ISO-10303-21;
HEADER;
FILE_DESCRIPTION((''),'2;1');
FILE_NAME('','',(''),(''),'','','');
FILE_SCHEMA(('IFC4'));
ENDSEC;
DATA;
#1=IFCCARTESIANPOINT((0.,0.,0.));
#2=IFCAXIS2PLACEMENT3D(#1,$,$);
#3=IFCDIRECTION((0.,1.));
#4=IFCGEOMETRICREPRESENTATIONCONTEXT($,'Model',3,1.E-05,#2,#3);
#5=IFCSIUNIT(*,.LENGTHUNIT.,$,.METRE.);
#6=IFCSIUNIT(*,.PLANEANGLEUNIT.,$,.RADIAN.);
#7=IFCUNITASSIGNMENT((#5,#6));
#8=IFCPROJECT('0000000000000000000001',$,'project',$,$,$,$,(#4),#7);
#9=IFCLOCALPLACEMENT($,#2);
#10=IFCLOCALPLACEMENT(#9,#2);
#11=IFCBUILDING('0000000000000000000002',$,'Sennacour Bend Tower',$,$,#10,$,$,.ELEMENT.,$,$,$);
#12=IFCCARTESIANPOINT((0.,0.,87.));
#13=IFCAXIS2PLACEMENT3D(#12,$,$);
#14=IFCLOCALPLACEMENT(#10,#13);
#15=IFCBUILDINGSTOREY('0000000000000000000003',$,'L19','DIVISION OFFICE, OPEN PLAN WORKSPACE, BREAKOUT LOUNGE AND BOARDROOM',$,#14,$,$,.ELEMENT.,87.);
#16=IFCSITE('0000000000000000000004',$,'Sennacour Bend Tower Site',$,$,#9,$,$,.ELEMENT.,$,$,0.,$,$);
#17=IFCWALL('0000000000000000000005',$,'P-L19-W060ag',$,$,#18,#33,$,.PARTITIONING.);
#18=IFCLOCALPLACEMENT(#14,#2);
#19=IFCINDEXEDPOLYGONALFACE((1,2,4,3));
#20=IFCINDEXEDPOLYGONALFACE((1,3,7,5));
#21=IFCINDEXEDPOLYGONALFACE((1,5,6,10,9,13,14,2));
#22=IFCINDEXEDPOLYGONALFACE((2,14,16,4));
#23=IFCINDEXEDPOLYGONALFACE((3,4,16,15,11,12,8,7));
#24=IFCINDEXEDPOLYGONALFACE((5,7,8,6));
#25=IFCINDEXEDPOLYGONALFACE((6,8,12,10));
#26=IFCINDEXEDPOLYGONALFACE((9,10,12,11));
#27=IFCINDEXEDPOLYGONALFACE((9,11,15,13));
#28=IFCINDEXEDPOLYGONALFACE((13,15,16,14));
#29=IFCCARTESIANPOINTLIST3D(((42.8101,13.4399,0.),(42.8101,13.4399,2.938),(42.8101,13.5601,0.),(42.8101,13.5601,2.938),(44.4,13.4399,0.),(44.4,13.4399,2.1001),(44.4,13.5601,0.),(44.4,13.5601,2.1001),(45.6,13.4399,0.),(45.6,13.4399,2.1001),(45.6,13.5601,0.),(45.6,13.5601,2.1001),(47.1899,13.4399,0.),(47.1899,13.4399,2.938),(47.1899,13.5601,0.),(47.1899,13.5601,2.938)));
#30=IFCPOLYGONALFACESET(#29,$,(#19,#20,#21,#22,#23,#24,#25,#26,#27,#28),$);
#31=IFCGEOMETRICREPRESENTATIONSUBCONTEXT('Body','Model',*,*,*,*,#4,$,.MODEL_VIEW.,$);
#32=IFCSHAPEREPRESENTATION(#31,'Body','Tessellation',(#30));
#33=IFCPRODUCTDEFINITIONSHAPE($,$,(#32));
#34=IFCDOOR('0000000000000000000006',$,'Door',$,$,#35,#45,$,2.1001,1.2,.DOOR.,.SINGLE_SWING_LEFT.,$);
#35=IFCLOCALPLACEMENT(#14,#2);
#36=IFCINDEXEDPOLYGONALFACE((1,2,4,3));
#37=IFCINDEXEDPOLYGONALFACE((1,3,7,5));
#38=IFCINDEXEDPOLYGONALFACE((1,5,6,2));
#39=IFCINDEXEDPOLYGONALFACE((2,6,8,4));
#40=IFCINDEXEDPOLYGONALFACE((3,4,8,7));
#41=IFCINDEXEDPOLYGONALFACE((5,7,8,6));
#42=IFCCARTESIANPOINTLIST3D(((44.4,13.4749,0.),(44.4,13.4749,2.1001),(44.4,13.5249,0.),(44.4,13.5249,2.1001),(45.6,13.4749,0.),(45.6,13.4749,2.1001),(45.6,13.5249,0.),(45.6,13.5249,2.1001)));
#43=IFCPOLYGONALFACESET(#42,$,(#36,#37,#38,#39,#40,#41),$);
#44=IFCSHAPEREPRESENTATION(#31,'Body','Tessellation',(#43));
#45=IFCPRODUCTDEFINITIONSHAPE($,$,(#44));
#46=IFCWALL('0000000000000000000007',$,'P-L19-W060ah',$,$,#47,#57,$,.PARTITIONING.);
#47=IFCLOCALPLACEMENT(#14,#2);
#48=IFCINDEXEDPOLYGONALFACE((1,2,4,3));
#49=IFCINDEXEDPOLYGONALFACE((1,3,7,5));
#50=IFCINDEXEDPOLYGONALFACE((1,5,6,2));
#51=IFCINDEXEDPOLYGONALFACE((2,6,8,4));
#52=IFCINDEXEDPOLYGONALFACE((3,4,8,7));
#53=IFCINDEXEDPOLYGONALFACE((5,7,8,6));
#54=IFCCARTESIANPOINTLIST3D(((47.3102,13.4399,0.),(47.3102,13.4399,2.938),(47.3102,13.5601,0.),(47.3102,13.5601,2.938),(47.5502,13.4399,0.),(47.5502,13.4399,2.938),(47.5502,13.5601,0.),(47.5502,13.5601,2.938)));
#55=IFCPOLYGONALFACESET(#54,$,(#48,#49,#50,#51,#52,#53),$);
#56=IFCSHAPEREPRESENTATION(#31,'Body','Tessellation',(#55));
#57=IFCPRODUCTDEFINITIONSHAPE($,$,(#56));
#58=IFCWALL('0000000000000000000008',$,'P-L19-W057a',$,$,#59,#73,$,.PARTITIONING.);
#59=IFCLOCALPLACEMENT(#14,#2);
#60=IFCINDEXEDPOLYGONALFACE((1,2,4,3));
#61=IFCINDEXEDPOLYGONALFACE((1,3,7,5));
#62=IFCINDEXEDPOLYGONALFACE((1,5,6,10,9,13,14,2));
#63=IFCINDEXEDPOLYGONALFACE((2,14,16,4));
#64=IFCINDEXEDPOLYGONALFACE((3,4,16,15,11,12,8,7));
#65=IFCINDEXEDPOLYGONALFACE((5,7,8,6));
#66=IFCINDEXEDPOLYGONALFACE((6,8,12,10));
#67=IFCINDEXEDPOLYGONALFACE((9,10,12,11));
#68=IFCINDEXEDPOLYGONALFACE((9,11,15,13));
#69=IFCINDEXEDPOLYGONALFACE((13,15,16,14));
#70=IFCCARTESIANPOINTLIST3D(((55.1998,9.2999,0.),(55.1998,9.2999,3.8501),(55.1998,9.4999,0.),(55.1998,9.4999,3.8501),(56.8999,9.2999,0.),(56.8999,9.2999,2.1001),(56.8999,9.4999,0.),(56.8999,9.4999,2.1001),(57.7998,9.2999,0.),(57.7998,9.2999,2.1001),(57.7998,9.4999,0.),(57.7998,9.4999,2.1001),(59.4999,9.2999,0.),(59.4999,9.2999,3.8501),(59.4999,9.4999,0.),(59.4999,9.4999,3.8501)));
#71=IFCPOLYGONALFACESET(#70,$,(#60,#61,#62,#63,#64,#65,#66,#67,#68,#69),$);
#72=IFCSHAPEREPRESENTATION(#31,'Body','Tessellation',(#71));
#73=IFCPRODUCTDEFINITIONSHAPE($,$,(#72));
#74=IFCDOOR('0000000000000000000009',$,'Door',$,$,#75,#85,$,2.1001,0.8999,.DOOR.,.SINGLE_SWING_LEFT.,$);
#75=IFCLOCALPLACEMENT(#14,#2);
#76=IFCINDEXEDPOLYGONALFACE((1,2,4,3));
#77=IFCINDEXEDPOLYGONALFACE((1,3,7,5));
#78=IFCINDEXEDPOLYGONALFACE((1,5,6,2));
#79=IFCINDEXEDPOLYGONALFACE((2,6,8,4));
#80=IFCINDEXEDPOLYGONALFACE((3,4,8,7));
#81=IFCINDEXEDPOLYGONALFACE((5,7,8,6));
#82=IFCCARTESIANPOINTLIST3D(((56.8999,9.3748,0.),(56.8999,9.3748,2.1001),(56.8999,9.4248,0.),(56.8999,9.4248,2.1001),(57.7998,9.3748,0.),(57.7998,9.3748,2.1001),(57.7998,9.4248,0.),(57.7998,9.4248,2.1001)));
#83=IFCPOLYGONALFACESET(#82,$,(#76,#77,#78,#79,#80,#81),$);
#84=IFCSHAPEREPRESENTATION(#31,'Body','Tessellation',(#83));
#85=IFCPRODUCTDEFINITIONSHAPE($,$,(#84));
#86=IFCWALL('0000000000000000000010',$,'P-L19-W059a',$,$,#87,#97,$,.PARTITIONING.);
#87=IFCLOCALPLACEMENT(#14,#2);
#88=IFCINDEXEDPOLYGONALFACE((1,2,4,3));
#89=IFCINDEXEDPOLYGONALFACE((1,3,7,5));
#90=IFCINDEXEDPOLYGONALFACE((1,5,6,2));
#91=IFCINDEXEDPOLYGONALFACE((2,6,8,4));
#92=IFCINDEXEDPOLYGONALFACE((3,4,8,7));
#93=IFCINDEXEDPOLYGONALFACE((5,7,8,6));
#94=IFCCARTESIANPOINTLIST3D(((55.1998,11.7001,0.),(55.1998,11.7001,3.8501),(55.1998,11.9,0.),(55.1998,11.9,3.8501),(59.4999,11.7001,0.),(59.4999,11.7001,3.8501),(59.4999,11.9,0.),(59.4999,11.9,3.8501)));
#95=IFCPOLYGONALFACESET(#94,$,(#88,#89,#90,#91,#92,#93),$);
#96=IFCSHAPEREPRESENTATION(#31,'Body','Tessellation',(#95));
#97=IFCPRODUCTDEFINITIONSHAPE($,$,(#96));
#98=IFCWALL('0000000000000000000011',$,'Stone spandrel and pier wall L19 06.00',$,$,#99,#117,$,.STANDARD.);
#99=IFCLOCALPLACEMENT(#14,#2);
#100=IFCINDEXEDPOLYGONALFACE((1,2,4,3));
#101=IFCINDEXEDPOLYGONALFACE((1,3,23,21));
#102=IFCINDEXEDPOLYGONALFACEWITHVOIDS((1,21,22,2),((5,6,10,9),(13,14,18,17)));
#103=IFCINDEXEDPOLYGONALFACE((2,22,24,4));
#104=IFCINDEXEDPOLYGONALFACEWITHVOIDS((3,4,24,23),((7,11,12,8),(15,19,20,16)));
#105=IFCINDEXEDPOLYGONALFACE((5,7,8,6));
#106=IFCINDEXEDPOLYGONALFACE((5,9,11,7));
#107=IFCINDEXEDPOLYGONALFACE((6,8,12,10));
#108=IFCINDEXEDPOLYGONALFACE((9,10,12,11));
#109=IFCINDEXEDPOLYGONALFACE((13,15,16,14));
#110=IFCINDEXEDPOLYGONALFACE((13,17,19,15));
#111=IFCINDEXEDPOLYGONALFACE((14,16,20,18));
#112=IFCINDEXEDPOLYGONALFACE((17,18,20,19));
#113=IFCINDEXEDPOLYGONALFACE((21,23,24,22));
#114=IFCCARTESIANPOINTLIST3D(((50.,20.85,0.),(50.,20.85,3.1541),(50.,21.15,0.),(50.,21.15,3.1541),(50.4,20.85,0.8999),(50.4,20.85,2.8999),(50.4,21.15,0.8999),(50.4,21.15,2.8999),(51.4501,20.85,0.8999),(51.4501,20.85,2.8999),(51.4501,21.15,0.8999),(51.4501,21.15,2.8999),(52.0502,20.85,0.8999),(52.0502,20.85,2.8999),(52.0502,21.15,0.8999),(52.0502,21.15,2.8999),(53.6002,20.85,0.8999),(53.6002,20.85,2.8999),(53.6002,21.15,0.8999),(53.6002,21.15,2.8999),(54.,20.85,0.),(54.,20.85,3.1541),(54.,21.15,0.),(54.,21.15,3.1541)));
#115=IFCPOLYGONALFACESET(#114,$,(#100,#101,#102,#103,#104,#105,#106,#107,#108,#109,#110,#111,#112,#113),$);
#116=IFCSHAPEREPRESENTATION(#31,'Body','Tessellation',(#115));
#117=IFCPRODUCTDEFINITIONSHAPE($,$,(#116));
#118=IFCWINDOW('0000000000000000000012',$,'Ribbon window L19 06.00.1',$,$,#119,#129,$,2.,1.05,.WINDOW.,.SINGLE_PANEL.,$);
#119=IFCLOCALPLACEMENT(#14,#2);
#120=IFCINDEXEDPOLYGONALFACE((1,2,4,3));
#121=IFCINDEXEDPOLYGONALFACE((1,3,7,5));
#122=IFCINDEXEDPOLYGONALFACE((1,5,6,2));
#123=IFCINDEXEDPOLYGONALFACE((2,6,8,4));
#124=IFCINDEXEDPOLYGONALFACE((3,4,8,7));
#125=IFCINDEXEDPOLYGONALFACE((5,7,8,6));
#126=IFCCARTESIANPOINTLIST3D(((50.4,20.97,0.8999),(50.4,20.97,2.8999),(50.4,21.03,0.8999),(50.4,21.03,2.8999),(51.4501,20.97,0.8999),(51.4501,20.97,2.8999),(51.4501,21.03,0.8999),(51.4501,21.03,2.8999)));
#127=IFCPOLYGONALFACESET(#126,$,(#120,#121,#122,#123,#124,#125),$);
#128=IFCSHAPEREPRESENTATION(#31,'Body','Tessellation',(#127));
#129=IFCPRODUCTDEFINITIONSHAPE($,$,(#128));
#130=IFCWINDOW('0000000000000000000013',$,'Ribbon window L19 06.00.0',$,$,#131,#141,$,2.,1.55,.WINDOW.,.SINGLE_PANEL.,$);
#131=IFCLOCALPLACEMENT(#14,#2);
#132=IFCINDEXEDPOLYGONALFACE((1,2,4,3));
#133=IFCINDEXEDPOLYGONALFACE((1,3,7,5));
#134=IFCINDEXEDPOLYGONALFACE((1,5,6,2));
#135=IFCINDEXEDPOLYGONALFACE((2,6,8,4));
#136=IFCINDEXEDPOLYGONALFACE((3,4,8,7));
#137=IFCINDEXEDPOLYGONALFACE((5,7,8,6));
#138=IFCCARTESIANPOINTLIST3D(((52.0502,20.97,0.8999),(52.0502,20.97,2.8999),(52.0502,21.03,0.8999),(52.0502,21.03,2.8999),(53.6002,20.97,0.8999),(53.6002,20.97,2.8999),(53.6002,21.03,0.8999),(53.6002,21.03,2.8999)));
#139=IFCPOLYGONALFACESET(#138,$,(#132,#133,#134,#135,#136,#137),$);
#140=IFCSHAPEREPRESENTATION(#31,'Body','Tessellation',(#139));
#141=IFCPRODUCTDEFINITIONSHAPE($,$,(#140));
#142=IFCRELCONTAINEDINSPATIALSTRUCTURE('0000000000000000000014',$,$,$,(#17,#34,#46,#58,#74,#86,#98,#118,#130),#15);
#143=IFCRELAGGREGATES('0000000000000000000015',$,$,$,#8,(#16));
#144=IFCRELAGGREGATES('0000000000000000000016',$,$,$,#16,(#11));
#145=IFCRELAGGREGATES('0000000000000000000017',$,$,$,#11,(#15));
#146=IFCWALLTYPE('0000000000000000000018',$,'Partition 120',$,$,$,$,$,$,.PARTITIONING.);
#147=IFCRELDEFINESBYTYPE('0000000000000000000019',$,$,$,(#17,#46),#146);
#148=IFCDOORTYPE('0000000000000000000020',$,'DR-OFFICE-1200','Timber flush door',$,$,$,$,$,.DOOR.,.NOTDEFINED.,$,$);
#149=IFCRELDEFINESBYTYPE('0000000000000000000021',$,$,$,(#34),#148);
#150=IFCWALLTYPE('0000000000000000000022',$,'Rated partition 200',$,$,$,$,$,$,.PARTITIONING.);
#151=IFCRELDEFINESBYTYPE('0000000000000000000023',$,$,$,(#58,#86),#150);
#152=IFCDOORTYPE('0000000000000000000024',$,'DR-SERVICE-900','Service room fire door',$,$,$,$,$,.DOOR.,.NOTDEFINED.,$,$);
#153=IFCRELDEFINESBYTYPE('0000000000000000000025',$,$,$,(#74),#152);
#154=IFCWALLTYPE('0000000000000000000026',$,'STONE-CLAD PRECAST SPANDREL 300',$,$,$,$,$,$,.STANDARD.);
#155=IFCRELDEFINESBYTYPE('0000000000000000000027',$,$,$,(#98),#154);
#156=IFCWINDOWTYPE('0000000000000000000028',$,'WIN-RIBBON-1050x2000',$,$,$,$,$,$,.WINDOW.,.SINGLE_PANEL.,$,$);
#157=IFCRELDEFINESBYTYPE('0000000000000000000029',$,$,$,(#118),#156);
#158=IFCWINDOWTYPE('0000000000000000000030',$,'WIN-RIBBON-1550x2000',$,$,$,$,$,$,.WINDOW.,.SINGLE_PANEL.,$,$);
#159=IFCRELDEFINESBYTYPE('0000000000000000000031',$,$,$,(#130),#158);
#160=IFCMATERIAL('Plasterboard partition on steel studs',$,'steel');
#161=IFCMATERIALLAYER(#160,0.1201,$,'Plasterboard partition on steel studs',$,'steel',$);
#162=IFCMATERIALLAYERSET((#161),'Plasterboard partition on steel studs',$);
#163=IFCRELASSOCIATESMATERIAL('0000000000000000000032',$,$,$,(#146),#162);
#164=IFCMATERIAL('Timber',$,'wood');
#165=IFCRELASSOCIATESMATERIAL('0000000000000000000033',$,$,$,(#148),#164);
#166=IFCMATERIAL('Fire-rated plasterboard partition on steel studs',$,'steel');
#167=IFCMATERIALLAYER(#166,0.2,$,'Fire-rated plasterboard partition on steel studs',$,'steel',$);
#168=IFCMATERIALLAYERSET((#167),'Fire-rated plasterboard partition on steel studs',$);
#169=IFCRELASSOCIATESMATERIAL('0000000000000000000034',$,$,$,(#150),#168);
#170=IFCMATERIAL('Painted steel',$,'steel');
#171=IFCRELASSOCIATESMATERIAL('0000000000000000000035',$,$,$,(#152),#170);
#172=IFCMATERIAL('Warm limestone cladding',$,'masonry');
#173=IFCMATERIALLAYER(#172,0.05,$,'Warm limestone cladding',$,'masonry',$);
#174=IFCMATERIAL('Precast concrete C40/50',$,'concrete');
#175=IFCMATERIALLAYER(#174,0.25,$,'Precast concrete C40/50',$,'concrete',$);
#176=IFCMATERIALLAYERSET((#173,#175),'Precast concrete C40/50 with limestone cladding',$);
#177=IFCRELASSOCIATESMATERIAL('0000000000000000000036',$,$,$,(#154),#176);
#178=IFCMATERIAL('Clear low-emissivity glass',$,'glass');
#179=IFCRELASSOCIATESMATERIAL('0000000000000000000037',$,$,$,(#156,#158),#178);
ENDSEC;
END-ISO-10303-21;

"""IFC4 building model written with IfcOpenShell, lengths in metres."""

from ifc_helpers import new_model, si_unit, direction, frame, frame_2d, origin, place, context, subcontext, project, spatial, rectangle, extrude, material, layer, layer_set, type_object, element, fill, save


model = new_model("IFC4")

# Units and contexts
model_context = context("Model", 3, precision=1e-05, world=origin(), true_north=direction((0.0, 1.0)))
body_context = subcontext(model_context, "Body", "Model", "MODEL_VIEW")
ifc_project = project(units=[si_unit("LENGTHUNIT", "METRE"), si_unit("PLANEANGLEUNIT", "RADIAN")], contexts=[model_context])

# Site, building, storey
site_placement = place(None, origin())
site = spatial("IfcSite", under=ifc_project, at=site_placement, Name="Sennacour Bend Tower Site", CompositionType="ELEMENT", RefElevation=0.0)
building_placement = place(site_placement, origin())
building = spatial("IfcBuilding", under=site, at=building_placement, Name="Sennacour Bend Tower", CompositionType="ELEMENT")
storey_placement = place(building_placement, frame((0.0, 0.0, 87.0)))
storey = spatial("IfcBuildingStorey", under=building, at=storey_placement, Name="L19", Description="DIVISION OFFICE, OPEN PLAN WORKSPACE, BREAKOUT LOUNGE AND BOARDROOM", CompositionType="ELEMENT", Elevation=87.0)

# Shared definitions
ifc_material_1 = material(Name="Plasterboard partition on steel studs", Category="steel")
ifc_layer_1 = layer(ifc_material_1, 0.1201, Name="Plasterboard partition on steel studs", Category="steel")
ifc_layer_set_1 = layer_set([ifc_layer_1], Name="Plasterboard partition on steel studs")
wall_type_1 = type_object("IfcWallType", Name="Partition 120", PredefinedType="PARTITIONING", material=ifc_layer_set_1)

# Wall, opening, door
wall_1_placement = place(storey_placement, frame((42.8101, 13.5, 0.0), z_axis=(0.0, 0.0, 1.0), x_axis=(1.0, 0.0, 0.0)))
wall_1 = element("IfcWall", 1, at=wall_1_placement, inside=storey, type_object=wall_type_1, Name="P-L19-W060ag", PredefinedType="PARTITIONING", context=body_context, shape_type="SweptSolid", body=[
    extrude(rectangle(XDim=4.3799, YDim=0.1201, at=frame_2d((2.1899, 0.0))), origin(), (0.0, 0.0, 1.0), 2.938),
])
opening_1_placement = place(wall_1_placement, frame((1.5898, 0.0, 0.0)))
opening_1 = element("IfcOpeningElement", 2, at=opening_1_placement, cuts=wall_1, PredefinedType="OPENING", context=body_context, shape_type="SweptSolid", body=[
    extrude(rectangle(XDim=1.2, YDim=2.1001, at=frame_2d((0.6001, 1.05))), frame((0.0, 0.0701, 0.0), z_axis=(0.0, -1.0, 0.0), x_axis=(1.0, 0.0, 0.0)), (0.0, 0.0, 1.0), 0.1401),
])
ifc_material_2 = material(Name="Timber", Category="wood")
door_type_1 = type_object("IfcDoorType", Name="DR-OFFICE-1200", Description="Timber flush door", OperationType="NOTDEFINED", PredefinedType="DOOR", material=ifc_material_2)
door_1_placement = place(opening_1_placement, origin())
door_1 = element("IfcDoor", 3, at=door_1_placement, inside=storey, type_object=door_type_1, Name="Door", OperationType="SINGLE_SWING_LEFT", OverallHeight=2.1001, OverallWidth=1.2, PredefinedType="DOOR", context=body_context, shape_type="SweptSolid", body=[
    extrude(rectangle(XDim=1.2, YDim=2.1001, at=frame_2d((0.6001, 1.05))), frame((0.0, 0.0249, 0.0), z_axis=(0.0, -1.0, 0.0), x_axis=(1.0, 0.0, 0.0)), (0.0, 0.0, 1.0), 0.05),
])
fill(opening_1, door_1)

# Wall
wall_2_placement = place(storey_placement, frame((47.3101, 13.5, 0.0), z_axis=(0.0, 0.0, 1.0), x_axis=(1.0, 0.0, 0.0)))
element("IfcWall", 4, at=wall_2_placement, inside=storey, type_object=wall_type_1, Name="P-L19-W060ah", PredefinedType="PARTITIONING", context=body_context, shape_type="SweptSolid", body=[
    extrude(rectangle(XDim=0.24, YDim=0.1201, at=frame_2d((0.1201, 0.0))), origin(), (0.0, 0.0, 1.0), 2.938),
])

# Wall, opening, door
ifc_material_3 = material(Name="Fire-rated plasterboard partition on steel studs", Category="steel")
ifc_layer_2 = layer(ifc_material_3, 0.2, Name="Fire-rated plasterboard partition on steel studs", Category="steel")
ifc_layer_set_2 = layer_set([ifc_layer_2], Name="Fire-rated plasterboard partition on steel studs")
wall_type_2 = type_object("IfcWallType", Name="Rated partition 200", PredefinedType="PARTITIONING", material=ifc_layer_set_2)
wall_3_placement = place(storey_placement, frame((55.2, 9.3999, 0.0), z_axis=(0.0, 0.0, 1.0), x_axis=(1.0, 0.0, 0.0)))
wall_3 = element("IfcWall", 5, at=wall_3_placement, inside=storey, type_object=wall_type_2, Name="P-L19-W057a", PredefinedType="PARTITIONING", context=body_context, shape_type="SweptSolid", body=[
    extrude(rectangle(XDim=4.3, YDim=0.2, at=frame_2d((2.1499, 0.0))), origin(), (0.0, 0.0, 1.0), 3.8501),
])
opening_2_placement = place(wall_3_placement, frame((1.7, 0.0, 0.0)))
opening_2 = element("IfcOpeningElement", 6, at=opening_2_placement, cuts=wall_3, PredefinedType="OPENING", context=body_context, shape_type="SweptSolid", body=[
    extrude(rectangle(XDim=0.8999, YDim=2.1001, at=frame_2d((0.45, 1.05))), frame((0.0, 0.1099, 0.0), z_axis=(0.0, -1.0, 0.0), x_axis=(1.0, 0.0, 0.0)), (0.0, 0.0, 1.0), 0.22),
])
ifc_material_4 = material(Name="Painted steel", Category="steel")
door_type_2 = type_object("IfcDoorType", Name="DR-SERVICE-900", Description="Service room fire door", OperationType="NOTDEFINED", PredefinedType="DOOR", material=ifc_material_4)
door_2_placement = place(opening_2_placement, origin())
door_2 = element("IfcDoor", 7, at=door_2_placement, inside=storey, type_object=door_type_2, Name="Door", OperationType="SINGLE_SWING_LEFT", OverallHeight=2.1001, OverallWidth=0.8999, PredefinedType="DOOR", context=body_context, shape_type="SweptSolid", body=[
    extrude(rectangle(XDim=0.8999, YDim=2.1001, at=frame_2d((0.45, 1.05))), frame((0.0, 0.0249, 0.0), z_axis=(0.0, -1.0, 0.0), x_axis=(1.0, 0.0, 0.0)), (0.0, 0.0, 1.0), 0.05),
])
fill(opening_2, door_2)

# Wall
wall_4_placement = place(storey_placement, frame((55.2, 11.8, 0.0), z_axis=(0.0, 0.0, 1.0), x_axis=(1.0, 0.0, 0.0)))
element("IfcWall", 8, at=wall_4_placement, inside=storey, type_object=wall_type_2, Name="P-L19-W059a", PredefinedType="PARTITIONING", context=body_context, shape_type="SweptSolid", body=[
    extrude(rectangle(XDim=4.3, YDim=0.2, at=frame_2d((2.1499, 0.0))), origin(), (0.0, 0.0, 1.0), 3.8501),
])

# Wall, openings, windows
ifc_material_5 = material(Name="Warm limestone cladding", Category="masonry")
ifc_layer_3 = layer(ifc_material_5, 0.05, Name="Warm limestone cladding", Category="masonry")
ifc_material_6 = material(Name="Precast concrete C40/50", Category="concrete")
ifc_layer_4 = layer(ifc_material_6, 0.25, Name="Precast concrete C40/50", Category="concrete")
ifc_layer_set_3 = layer_set([ifc_layer_3, ifc_layer_4], Name="Precast concrete C40/50 with limestone cladding")
wall_type_3 = type_object("IfcWallType", Name="STONE-CLAD PRECAST SPANDREL 300", PredefinedType="STANDARD", material=ifc_layer_set_3)
wall_5_placement = place(storey_placement, frame((54.0, 21.0, 0.0), z_axis=(0.0, 0.0, 1.0), x_axis=(-1.0, 0.0, 0.0)))
wall_5 = element("IfcWall", 9, at=wall_5_placement, inside=storey, type_object=wall_type_3, Name="Stone spandrel and pier wall L19 06.00", PredefinedType="STANDARD", context=body_context, shape_type="SweptSolid", body=[
    extrude(rectangle(XDim=4.0, YDim=0.3, at=frame_2d((2.0, 0.0))), origin(), (0.0, 0.0, 1.0), 3.1541),
])
opening_3_placement = place(wall_5_placement, frame((0.3999, 0.0, 0.8999)))
opening_3 = element("IfcOpeningElement", 10, at=opening_3_placement, cuts=wall_5, PredefinedType="OPENING", context=body_context, shape_type="SweptSolid", body=[
    extrude(rectangle(XDim=1.55, YDim=2.0, at=frame_2d((0.7749, 1.0))), frame((0.0, 0.1602, 0.0), z_axis=(0.0, -1.0, 0.0), x_axis=(1.0, 0.0, 0.0)), (0.0, 0.0, 1.0), 0.3201),
])
opening_4_placement = place(wall_5_placement, frame((2.55, 0.0, 0.8999)))
opening_4 = element("IfcOpeningElement", 11, at=opening_4_placement, cuts=wall_5, PredefinedType="OPENING", context=body_context, shape_type="SweptSolid", body=[
    extrude(rectangle(XDim=1.05, YDim=2.0, at=frame_2d((0.5249, 1.0))), frame((0.0, 0.1602, 0.0), z_axis=(0.0, -1.0, 0.0), x_axis=(1.0, 0.0, 0.0)), (0.0, 0.0, 1.0), 0.3201),
])
ifc_material_7 = material(Name="Clear low-emissivity glass", Category="glass")
window_type_1 = type_object("IfcWindowType", Name="WIN-RIBBON-1050x2000", PartitioningType="SINGLE_PANEL", PredefinedType="WINDOW", material=ifc_material_7)
window_1_placement = place(opening_4_placement, origin())
window_1 = element("IfcWindow", 12, at=window_1_placement, inside=storey, type_object=window_type_1, Name="Ribbon window L19 06.00.1", OverallHeight=2.0, OverallWidth=1.05, PartitioningType="SINGLE_PANEL", PredefinedType="WINDOW", context=body_context, shape_type="SweptSolid", body=[
    extrude(rectangle(XDim=1.05, YDim=2.0, at=frame_2d((0.5249, 1.0))), frame((0.0, 0.03, 0.0), z_axis=(0.0, -1.0, 0.0), x_axis=(1.0, 0.0, 0.0)), (0.0, 0.0, 1.0), 0.0601),
])
fill(opening_4, window_1)
window_type_2 = type_object("IfcWindowType", Name="WIN-RIBBON-1550x2000", PartitioningType="SINGLE_PANEL", PredefinedType="WINDOW", material=ifc_material_7)
window_2_placement = place(opening_3_placement, origin())
window_2 = element("IfcWindow", 13, at=window_2_placement, inside=storey, type_object=window_type_2, Name="Ribbon window L19 06.00.0", OverallHeight=2.0, OverallWidth=1.55, PartitioningType="SINGLE_PANEL", PredefinedType="WINDOW", context=body_context, shape_type="SweptSolid", body=[
    extrude(rectangle(XDim=1.55, YDim=2.0, at=frame_2d((0.7749, 1.0))), frame((0.0, 0.03, 0.0), z_axis=(0.0, -1.0, 0.0), x_axis=(1.0, 0.0, 0.0)), (0.0, 0.0, 1.0), 0.0601),
])
fill(opening_3, window_2)

save(model, "model.ifc")
